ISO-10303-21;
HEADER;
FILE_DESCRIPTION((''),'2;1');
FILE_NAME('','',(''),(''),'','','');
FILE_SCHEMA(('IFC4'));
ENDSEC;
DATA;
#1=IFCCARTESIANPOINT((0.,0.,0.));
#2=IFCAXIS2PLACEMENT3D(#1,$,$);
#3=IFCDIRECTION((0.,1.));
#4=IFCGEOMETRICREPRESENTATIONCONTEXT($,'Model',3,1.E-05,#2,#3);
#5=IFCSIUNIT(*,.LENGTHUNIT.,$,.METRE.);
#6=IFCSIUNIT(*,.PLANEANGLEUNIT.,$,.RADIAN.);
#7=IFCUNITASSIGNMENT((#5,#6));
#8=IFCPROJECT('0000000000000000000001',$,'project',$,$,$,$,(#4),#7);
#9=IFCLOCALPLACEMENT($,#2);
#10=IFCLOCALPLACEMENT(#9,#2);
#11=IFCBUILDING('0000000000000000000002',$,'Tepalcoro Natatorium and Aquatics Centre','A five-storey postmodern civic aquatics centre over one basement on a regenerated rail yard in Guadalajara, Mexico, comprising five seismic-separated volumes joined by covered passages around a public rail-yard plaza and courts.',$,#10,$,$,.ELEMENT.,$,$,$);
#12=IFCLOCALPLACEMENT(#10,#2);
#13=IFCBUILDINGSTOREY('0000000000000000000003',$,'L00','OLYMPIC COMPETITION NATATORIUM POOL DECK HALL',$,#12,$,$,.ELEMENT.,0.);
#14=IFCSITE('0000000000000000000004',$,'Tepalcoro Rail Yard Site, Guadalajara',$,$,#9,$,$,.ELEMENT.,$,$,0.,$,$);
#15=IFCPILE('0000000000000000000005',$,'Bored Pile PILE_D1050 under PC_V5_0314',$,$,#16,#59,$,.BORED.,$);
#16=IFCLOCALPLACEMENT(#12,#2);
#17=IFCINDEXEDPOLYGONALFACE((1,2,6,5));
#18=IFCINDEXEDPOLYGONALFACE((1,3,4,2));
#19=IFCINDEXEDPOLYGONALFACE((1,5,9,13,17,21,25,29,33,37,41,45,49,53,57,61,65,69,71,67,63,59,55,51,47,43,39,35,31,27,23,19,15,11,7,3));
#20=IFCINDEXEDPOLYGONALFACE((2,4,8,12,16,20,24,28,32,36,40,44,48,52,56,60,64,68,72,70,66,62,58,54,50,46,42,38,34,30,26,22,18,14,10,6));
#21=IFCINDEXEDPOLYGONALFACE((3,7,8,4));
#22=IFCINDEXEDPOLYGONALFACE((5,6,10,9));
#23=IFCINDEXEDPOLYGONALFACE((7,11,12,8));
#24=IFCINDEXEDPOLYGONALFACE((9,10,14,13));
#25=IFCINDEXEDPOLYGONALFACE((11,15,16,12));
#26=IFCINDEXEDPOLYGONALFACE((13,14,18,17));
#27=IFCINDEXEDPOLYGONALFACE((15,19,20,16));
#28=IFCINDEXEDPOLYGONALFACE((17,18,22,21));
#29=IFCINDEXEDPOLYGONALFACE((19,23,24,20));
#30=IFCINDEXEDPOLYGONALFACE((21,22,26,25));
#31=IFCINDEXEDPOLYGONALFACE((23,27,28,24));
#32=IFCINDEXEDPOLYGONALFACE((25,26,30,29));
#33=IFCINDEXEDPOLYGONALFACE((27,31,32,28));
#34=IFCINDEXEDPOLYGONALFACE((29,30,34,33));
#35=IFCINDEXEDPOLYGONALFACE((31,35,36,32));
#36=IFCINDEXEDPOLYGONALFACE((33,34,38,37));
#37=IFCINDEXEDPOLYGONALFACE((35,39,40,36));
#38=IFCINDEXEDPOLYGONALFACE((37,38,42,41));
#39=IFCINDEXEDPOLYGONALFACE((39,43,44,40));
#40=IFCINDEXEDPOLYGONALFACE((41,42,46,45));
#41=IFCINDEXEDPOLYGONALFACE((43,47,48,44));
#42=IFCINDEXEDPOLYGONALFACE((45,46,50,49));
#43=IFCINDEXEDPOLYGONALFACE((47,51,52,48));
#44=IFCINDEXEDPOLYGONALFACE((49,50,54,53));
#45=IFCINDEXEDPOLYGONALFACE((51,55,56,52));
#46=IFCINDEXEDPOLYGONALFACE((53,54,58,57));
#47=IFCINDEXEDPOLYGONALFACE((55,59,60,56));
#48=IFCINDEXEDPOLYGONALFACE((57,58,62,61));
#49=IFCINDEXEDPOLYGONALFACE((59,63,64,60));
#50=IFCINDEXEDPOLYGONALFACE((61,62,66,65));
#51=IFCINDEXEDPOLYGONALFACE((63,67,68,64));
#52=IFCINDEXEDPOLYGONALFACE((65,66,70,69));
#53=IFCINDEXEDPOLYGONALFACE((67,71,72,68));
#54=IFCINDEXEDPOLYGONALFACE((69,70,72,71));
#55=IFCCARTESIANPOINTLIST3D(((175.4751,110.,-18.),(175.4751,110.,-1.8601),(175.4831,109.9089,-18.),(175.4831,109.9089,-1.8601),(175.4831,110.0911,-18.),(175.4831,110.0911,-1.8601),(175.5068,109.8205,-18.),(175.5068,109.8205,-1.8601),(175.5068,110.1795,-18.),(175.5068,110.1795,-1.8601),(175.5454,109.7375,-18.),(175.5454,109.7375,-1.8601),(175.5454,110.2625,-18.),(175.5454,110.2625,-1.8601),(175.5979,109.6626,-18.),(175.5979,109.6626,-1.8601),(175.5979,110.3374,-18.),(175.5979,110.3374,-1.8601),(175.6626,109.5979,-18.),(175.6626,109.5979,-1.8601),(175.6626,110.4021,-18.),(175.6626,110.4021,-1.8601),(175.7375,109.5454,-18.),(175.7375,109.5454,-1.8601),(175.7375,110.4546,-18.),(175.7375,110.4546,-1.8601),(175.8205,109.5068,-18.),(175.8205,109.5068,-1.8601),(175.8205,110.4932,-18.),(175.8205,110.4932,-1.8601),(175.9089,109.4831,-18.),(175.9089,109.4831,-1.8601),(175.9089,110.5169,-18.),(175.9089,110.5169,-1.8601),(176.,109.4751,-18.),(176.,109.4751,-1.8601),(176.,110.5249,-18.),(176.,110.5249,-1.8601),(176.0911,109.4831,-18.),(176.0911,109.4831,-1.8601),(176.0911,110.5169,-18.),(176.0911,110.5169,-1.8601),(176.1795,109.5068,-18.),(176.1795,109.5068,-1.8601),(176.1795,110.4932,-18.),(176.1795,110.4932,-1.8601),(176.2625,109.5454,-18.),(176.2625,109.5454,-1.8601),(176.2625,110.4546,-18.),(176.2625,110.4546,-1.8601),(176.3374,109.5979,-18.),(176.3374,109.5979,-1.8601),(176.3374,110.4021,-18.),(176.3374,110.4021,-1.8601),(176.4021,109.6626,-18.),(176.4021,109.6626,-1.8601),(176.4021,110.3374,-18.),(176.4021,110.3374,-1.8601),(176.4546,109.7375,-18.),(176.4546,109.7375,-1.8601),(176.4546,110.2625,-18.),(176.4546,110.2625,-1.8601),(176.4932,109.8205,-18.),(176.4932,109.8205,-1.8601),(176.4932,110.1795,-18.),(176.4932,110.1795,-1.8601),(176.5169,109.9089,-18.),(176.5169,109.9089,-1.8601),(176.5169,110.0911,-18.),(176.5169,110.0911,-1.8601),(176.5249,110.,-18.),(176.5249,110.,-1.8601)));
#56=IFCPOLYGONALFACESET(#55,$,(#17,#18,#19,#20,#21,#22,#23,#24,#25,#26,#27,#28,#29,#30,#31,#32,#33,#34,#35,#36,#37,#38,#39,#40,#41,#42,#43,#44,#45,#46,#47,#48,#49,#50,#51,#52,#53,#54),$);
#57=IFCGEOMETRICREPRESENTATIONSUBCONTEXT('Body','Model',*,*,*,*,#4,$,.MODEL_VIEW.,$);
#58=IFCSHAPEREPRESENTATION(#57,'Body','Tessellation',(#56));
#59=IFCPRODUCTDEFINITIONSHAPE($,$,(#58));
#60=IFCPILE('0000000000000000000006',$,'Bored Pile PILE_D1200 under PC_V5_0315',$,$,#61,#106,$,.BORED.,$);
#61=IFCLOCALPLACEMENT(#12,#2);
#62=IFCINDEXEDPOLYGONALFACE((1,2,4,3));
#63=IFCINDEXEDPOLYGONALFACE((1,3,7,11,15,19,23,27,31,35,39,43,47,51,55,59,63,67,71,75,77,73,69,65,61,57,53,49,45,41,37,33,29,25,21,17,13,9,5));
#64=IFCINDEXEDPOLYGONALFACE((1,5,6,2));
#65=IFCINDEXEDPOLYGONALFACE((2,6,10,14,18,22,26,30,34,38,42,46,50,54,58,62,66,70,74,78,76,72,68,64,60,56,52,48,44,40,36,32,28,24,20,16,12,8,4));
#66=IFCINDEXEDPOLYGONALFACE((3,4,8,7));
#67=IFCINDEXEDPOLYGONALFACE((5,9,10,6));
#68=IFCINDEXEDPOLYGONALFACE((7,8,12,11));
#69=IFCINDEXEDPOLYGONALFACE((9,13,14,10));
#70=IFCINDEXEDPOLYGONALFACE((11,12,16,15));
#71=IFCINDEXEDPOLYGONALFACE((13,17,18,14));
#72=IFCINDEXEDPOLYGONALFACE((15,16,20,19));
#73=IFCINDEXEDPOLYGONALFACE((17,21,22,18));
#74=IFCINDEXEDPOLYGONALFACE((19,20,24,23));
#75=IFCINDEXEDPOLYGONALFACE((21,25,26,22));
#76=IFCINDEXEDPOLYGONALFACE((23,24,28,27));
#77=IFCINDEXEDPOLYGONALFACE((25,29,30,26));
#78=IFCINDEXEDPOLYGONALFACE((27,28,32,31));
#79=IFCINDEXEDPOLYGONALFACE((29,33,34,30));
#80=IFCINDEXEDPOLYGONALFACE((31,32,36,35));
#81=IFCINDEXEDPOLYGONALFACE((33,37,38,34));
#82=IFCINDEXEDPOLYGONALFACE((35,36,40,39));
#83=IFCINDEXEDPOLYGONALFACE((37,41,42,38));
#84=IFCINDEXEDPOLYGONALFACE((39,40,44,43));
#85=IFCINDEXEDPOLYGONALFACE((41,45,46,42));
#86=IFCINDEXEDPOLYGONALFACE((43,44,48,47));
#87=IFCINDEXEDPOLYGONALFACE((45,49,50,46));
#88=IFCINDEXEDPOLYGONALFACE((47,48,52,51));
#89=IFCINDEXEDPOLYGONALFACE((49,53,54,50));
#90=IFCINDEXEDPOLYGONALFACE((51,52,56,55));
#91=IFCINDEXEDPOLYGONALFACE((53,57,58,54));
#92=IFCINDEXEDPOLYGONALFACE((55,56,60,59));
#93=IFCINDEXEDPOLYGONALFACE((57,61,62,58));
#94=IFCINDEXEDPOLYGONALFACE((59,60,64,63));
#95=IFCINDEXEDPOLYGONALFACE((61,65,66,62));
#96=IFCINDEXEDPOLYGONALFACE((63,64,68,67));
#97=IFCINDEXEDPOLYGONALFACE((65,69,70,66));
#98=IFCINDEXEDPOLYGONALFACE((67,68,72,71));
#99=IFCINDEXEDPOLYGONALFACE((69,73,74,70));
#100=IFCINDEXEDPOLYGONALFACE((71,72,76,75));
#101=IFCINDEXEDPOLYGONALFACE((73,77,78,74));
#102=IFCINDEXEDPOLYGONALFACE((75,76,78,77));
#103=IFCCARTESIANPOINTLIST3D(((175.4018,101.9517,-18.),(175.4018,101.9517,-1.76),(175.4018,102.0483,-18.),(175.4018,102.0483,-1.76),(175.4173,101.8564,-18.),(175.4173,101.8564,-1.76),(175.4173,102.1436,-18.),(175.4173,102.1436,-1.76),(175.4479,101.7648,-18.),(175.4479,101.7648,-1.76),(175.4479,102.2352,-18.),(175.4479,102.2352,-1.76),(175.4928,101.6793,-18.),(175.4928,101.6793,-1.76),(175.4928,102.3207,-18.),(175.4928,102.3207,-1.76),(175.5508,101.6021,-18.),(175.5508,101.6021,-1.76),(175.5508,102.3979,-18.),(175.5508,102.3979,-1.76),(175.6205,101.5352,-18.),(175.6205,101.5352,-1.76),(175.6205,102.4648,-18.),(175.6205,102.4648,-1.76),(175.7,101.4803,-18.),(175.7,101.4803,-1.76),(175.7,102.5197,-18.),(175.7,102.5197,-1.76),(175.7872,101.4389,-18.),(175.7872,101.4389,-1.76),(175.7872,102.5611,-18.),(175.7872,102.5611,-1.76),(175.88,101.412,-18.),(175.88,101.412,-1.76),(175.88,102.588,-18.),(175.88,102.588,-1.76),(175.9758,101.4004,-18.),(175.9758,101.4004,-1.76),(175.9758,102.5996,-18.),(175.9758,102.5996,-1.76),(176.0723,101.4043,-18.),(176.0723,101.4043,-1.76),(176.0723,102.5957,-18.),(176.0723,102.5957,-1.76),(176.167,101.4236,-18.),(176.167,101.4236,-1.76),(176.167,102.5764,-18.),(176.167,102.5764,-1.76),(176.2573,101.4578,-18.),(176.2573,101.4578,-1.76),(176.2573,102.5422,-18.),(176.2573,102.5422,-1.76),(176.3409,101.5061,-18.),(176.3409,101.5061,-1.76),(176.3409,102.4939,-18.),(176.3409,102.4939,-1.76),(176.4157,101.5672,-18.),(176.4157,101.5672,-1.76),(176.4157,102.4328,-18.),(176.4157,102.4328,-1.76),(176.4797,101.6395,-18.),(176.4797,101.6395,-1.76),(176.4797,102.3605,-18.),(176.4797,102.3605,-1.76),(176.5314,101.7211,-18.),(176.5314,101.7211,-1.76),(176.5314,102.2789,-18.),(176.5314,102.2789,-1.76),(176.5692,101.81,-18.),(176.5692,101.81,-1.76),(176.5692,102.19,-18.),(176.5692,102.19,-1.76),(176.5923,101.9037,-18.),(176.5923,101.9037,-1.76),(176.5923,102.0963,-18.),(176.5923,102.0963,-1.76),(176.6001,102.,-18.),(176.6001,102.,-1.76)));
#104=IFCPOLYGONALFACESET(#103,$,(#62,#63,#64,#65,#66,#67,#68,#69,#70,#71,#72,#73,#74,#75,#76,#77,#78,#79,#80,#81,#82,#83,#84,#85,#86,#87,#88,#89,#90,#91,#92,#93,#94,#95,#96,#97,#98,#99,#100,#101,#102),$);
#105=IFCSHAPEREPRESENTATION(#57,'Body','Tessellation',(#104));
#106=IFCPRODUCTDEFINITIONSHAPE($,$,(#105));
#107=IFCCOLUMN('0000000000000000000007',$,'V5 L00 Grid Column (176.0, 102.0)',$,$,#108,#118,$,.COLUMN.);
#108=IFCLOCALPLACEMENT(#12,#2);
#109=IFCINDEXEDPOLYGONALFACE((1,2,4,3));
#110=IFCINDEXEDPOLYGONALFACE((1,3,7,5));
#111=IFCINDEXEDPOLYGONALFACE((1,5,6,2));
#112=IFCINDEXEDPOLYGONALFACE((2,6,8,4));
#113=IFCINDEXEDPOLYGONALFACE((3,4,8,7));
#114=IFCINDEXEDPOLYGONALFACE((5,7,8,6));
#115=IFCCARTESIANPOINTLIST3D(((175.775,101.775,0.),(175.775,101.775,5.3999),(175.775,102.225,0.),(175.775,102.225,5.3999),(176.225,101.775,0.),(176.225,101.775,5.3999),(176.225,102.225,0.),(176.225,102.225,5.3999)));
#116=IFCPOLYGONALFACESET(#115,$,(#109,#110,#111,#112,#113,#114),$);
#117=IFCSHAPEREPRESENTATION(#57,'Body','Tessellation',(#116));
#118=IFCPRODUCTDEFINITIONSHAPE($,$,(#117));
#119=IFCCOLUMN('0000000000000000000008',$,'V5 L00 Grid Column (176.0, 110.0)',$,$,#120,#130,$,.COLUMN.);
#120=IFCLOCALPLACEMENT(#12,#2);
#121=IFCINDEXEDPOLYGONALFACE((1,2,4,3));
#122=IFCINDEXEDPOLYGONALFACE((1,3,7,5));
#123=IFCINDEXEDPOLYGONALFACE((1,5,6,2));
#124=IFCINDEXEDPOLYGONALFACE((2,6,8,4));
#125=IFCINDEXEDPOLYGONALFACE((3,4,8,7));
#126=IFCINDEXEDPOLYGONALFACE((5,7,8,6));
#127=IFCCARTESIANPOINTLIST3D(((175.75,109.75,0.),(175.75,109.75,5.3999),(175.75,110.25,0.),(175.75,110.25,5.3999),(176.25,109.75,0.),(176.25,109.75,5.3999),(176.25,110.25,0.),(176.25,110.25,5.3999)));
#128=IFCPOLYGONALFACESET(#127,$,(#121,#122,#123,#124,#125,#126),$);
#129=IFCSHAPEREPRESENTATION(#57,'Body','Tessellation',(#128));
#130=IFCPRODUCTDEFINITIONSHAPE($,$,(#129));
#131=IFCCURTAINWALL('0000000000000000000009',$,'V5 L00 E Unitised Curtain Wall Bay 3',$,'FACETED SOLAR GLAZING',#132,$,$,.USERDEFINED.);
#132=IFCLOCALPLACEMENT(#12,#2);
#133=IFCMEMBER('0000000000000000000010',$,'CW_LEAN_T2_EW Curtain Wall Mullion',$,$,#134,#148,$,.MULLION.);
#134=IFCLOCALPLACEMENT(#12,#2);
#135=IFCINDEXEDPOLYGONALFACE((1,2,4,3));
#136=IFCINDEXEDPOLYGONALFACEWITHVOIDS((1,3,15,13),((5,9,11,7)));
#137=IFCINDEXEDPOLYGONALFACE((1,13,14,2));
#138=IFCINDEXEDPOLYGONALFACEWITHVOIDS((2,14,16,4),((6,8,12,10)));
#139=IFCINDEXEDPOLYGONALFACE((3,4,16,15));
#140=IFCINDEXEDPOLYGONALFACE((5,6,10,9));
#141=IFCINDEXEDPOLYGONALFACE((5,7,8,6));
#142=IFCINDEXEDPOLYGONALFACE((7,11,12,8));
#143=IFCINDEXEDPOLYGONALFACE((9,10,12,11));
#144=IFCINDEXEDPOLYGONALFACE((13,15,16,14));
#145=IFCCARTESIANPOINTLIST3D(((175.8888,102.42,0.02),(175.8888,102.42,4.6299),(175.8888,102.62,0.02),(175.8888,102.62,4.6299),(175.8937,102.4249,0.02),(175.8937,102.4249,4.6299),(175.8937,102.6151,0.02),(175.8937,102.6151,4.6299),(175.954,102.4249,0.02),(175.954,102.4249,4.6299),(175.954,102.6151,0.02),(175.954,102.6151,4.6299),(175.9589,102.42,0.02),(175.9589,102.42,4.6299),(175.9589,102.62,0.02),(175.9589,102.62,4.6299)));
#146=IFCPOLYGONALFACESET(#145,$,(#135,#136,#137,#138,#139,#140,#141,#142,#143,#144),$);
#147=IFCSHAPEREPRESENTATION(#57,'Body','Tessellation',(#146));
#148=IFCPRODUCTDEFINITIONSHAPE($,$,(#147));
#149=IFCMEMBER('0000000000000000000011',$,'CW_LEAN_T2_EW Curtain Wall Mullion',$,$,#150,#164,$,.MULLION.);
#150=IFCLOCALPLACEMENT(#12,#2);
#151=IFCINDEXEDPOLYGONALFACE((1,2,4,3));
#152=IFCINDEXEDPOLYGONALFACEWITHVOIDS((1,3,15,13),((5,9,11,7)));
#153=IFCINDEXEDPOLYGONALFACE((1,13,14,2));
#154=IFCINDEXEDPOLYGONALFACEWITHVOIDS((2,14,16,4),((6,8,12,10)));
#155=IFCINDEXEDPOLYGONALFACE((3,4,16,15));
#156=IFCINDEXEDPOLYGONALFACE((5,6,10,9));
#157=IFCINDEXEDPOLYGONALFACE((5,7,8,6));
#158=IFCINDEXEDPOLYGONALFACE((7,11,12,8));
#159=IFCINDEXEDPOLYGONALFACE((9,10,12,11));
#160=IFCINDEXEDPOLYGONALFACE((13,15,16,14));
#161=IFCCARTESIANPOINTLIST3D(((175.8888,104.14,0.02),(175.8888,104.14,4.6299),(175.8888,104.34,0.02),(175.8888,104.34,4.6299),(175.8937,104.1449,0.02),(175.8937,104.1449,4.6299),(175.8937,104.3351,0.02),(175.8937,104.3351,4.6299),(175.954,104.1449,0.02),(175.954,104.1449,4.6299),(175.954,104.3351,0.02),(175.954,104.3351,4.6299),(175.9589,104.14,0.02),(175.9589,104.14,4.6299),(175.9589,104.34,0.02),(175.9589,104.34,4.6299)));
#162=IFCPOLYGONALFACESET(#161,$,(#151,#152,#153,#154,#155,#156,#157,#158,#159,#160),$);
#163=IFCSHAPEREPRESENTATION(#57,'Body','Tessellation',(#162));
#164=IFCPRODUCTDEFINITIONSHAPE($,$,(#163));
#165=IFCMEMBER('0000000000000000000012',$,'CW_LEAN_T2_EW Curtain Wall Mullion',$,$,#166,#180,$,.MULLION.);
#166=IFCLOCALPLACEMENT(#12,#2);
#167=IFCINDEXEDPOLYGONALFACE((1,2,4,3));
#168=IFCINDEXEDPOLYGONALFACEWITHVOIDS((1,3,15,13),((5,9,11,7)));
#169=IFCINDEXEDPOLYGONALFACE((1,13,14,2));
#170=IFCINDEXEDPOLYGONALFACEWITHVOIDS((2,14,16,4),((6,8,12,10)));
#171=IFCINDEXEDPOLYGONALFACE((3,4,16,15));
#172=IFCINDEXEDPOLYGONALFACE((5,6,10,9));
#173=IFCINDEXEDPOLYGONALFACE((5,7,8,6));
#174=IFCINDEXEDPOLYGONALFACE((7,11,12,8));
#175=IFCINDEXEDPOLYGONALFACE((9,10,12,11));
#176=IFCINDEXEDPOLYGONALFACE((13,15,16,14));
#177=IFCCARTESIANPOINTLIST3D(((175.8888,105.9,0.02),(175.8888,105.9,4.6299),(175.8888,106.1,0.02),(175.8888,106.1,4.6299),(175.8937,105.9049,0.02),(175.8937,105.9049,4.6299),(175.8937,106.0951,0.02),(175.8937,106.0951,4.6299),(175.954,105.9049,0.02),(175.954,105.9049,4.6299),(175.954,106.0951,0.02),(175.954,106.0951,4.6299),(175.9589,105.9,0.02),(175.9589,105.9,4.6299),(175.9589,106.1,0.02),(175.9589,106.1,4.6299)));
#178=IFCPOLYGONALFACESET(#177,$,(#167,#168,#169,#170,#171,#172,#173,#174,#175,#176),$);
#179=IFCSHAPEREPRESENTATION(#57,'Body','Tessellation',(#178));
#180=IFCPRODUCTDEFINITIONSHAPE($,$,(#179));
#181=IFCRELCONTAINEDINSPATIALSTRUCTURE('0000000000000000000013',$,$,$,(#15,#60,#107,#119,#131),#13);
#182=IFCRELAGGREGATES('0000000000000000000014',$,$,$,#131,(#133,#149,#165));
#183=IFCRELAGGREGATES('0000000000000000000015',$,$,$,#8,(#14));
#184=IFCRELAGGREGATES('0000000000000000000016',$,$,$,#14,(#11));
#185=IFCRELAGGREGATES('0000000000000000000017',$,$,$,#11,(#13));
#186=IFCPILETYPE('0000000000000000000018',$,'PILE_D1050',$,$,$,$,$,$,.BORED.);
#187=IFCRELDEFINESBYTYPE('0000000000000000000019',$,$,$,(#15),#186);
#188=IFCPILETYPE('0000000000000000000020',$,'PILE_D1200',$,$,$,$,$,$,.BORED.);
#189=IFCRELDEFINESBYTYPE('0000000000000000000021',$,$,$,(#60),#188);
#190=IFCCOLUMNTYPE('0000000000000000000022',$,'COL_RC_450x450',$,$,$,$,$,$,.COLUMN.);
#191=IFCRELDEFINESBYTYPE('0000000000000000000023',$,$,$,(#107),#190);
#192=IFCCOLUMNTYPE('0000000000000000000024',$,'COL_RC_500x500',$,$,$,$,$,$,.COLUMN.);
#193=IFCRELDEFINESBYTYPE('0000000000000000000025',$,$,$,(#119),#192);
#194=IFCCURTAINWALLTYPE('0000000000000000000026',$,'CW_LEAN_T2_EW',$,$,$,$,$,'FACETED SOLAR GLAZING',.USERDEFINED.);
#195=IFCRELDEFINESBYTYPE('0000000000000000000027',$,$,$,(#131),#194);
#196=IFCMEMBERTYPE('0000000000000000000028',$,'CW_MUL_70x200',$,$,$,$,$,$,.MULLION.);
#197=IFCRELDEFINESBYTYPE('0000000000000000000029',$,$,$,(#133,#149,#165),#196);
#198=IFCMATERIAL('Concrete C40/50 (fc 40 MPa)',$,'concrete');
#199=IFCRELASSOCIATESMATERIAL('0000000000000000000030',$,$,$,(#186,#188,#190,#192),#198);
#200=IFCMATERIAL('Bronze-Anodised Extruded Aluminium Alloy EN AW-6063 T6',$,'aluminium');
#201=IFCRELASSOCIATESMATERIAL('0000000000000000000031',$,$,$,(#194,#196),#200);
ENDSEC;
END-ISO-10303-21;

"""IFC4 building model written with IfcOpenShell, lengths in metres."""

from ifc_helpers import new_model, si_unit, direction, frame, origin, origin_2d, place, context, subcontext, project, spatial, rectangle, hollow_rectangle, circle, extrude, material, material_profile, profile_set, type_object, element, aggregate, save


model = new_model("IFC4")

# Units and contexts
model_context = context("Model", 3, precision=1e-05, world=origin(), true_north=direction((0.0, 1.0)))
body_context = subcontext(model_context, "Body", "Model", "MODEL_VIEW")
ifc_project = project(units=[si_unit("LENGTHUNIT", "METRE"), si_unit("PLANEANGLEUNIT", "RADIAN")], contexts=[model_context])

# Site, building, storey
site_placement = place(None, origin())
site = spatial("IfcSite", under=ifc_project, at=site_placement, Name="Tepalcoro Rail Yard Site, Guadalajara", CompositionType="ELEMENT", RefElevation=0.0)
building_placement = place(site_placement, origin())
building = spatial("IfcBuilding", under=site, at=building_placement, Name="Tepalcoro Natatorium and Aquatics Centre", Description="A five-storey postmodern civic aquatics centre over one basement on a regenerated rail yard in Guadalajara, Mexico, comprising five seismic-separated volumes joined by covered passages around a public rail-yard plaza and courts.", CompositionType="ELEMENT")
storey_placement = place(building_placement, origin())
storey = spatial("IfcBuildingStorey", under=building, at=storey_placement, Name="L00", Description="OLYMPIC COMPETITION NATATORIUM POOL DECK HALL", CompositionType="ELEMENT", Elevation=0.0)

# Piles
ifc_material_1 = material(Name="Concrete C40/50 (fc 40 MPa)", Category="concrete")
ifc_material_profile_1 = material_profile(ifc_material_1, circle(Radius=0.5249, at=origin_2d()), Name="PILE_D1050")
ifc_profile_set_1 = profile_set([ifc_material_profile_1], Name="Concrete C40/50 (fc 40 MPa)")
pile_type_1 = type_object("IfcPileType", Name="PILE_D1050", PredefinedType="BORED", material=ifc_profile_set_1)
pile_1_placement = place(storey_placement, frame((176.0, 110.0, -1.8601), z_axis=(0.0, 0.0, -1.0), x_axis=(1.0, 0.0, 0.0)))
element("IfcPile", 1, at=pile_1_placement, inside=storey, type_object=pile_type_1, Name="Bored Pile PILE_D1050 under PC_V5_0314", PredefinedType="BORED", context=body_context, shape_type="SweptSolid", body=[
    extrude(circle(Radius=0.5249, at=origin_2d()), origin(), (0.0, 0.0, 1.0), 16.1399),
])
ifc_material_profile_2 = material_profile(ifc_material_1, circle(Radius=0.6001, at=origin_2d()), Name="PILE_D1200")
ifc_profile_set_2 = profile_set([ifc_material_profile_2], Name="Concrete C40/50 (fc 40 MPa)")
pile_type_2 = type_object("IfcPileType", Name="PILE_D1200", PredefinedType="BORED", material=ifc_profile_set_2)
pile_2_placement = place(storey_placement, frame((176.0, 102.0, -1.76), z_axis=(0.0, 0.0, -1.0), x_axis=(1.0, 0.0, 0.0)))
element("IfcPile", 2, at=pile_2_placement, inside=storey, type_object=pile_type_2, Name="Bored Pile PILE_D1200 under PC_V5_0315", PredefinedType="BORED", context=body_context, shape_type="SweptSolid", body=[
    extrude(circle(Radius=0.6001, at=origin_2d()), origin(), (0.0, 0.0, 1.0), 16.24),
])

# Columns
ifc_material_profile_3 = material_profile(ifc_material_1, rectangle(XDim=0.45, YDim=0.45, at=origin_2d()), Name="RC450x450")
ifc_profile_set_3 = profile_set([ifc_material_profile_3], Name="Concrete C40/50 (fc 40 MPa)")
column_type_1 = type_object("IfcColumnType", Name="COL_RC_450x450", PredefinedType="COLUMN", material=ifc_profile_set_3)
column_1_placement = place(storey_placement, frame((176.0, 102.0, 0.0), z_axis=(0.0, 0.0, 1.0), x_axis=(1.0, 0.0, 0.0)))
element("IfcColumn", 3, at=column_1_placement, inside=storey, type_object=column_type_1, Name="V5 L00 Grid Column (176.0, 102.0)", PredefinedType="COLUMN", context=body_context, shape_type="SweptSolid", body=[
    extrude(rectangle(XDim=0.45, YDim=0.45, at=origin_2d()), origin(), (0.0, 0.0, 1.0), 5.3999),
])
ifc_material_profile_4 = material_profile(ifc_material_1, rectangle(XDim=0.5, YDim=0.5, at=origin_2d()), Name="RC500x500")
ifc_profile_set_4 = profile_set([ifc_material_profile_4], Name="Concrete C40/50 (fc 40 MPa)")
column_type_2 = type_object("IfcColumnType", Name="COL_RC_500x500", PredefinedType="COLUMN", material=ifc_profile_set_4)
column_2_placement = place(storey_placement, frame((176.0, 110.0, 0.0), z_axis=(0.0, 0.0, 1.0), x_axis=(1.0, 0.0, 0.0)))
element("IfcColumn", 4, at=column_2_placement, inside=storey, type_object=column_type_2, Name="V5 L00 Grid Column (176.0, 110.0)", PredefinedType="COLUMN", context=body_context, shape_type="SweptSolid", body=[
    extrude(rectangle(XDim=0.5, YDim=0.5, at=origin_2d()), origin(), (0.0, 0.0, 1.0), 5.3999),
])

# Curtain wall, members
ifc_material_2 = material(Name="Bronze-Anodised Extruded Aluminium Alloy EN AW-6063 T6", Category="aluminium")
curtain_wall_type_1 = type_object("IfcCurtainWallType", Name="CW_LEAN_T2_EW", ElementType="FACETED SOLAR GLAZING", PredefinedType="USERDEFINED", material=ifc_material_2)
curtain_wall_1_placement = place(storey_placement, origin())
curtain_wall_1 = element("IfcCurtainWall", 5, at=curtain_wall_1_placement, inside=storey, type_object=curtain_wall_type_1, Name="V5 L00 E Unitised Curtain Wall Bay 3", ObjectType="FACETED SOLAR GLAZING", PredefinedType="USERDEFINED")
ifc_material_profile_5 = material_profile(ifc_material_2, hollow_rectangle(XDim=0.0701, YDim=0.2, WallThickness=0.0049, at=origin_2d()), Name="AL70X200X5")
ifc_profile_set_5 = profile_set([ifc_material_profile_5], Name="Bronze-Anodised Extruded Aluminium Alloy EN AW-6063 T6")
member_type_1 = type_object("IfcMemberType", Name="CW_MUL_70x200", PredefinedType="MULLION", material=ifc_profile_set_5)
member_1_placement = place(storey_placement, frame((175.9238, 102.52, 0.02), z_axis=(0.0, 0.0, 1.0), x_axis=(1.0, 0.0, 0.0)))
member_1 = element("IfcMember", 6, at=member_1_placement, type_object=member_type_1, Name="CW_LEAN_T2_EW Curtain Wall Mullion", PredefinedType="MULLION", context=body_context, shape_type="SweptSolid", body=[
    extrude(hollow_rectangle(XDim=0.0701, YDim=0.2, WallThickness=0.0049, at=origin_2d()), origin(), (0.0, 0.0, 1.0), 4.6099),
])
member_2_placement = place(storey_placement, frame((175.9238, 104.24, 0.02), z_axis=(0.0, 0.0, 1.0), x_axis=(1.0, 0.0, 0.0)))
member_2 = element("IfcMember", 7, at=member_2_placement, type_object=member_type_1, Name="CW_LEAN_T2_EW Curtain Wall Mullion", PredefinedType="MULLION", context=body_context, shape_type="SweptSolid", body=[
    extrude(hollow_rectangle(XDim=0.0701, YDim=0.2, WallThickness=0.0049, at=origin_2d()), origin(), (0.0, 0.0, 1.0), 4.6099),
])
member_3_placement = place(storey_placement, frame((175.9238, 106.0, 0.02), z_axis=(0.0, 0.0, 1.0), x_axis=(1.0, 0.0, 0.0)))
member_3 = element("IfcMember", 8, at=member_3_placement, type_object=member_type_1, Name="CW_LEAN_T2_EW Curtain Wall Mullion", PredefinedType="MULLION", context=body_context, shape_type="SweptSolid", body=[
    extrude(hollow_rectangle(XDim=0.0701, YDim=0.2, WallThickness=0.0049, at=origin_2d()), origin(), (0.0, 0.0, 1.0), 4.6099),
])

aggregate(curtain_wall_1, [member_1, member_2, member_3])

save(model, "model.ifc")
